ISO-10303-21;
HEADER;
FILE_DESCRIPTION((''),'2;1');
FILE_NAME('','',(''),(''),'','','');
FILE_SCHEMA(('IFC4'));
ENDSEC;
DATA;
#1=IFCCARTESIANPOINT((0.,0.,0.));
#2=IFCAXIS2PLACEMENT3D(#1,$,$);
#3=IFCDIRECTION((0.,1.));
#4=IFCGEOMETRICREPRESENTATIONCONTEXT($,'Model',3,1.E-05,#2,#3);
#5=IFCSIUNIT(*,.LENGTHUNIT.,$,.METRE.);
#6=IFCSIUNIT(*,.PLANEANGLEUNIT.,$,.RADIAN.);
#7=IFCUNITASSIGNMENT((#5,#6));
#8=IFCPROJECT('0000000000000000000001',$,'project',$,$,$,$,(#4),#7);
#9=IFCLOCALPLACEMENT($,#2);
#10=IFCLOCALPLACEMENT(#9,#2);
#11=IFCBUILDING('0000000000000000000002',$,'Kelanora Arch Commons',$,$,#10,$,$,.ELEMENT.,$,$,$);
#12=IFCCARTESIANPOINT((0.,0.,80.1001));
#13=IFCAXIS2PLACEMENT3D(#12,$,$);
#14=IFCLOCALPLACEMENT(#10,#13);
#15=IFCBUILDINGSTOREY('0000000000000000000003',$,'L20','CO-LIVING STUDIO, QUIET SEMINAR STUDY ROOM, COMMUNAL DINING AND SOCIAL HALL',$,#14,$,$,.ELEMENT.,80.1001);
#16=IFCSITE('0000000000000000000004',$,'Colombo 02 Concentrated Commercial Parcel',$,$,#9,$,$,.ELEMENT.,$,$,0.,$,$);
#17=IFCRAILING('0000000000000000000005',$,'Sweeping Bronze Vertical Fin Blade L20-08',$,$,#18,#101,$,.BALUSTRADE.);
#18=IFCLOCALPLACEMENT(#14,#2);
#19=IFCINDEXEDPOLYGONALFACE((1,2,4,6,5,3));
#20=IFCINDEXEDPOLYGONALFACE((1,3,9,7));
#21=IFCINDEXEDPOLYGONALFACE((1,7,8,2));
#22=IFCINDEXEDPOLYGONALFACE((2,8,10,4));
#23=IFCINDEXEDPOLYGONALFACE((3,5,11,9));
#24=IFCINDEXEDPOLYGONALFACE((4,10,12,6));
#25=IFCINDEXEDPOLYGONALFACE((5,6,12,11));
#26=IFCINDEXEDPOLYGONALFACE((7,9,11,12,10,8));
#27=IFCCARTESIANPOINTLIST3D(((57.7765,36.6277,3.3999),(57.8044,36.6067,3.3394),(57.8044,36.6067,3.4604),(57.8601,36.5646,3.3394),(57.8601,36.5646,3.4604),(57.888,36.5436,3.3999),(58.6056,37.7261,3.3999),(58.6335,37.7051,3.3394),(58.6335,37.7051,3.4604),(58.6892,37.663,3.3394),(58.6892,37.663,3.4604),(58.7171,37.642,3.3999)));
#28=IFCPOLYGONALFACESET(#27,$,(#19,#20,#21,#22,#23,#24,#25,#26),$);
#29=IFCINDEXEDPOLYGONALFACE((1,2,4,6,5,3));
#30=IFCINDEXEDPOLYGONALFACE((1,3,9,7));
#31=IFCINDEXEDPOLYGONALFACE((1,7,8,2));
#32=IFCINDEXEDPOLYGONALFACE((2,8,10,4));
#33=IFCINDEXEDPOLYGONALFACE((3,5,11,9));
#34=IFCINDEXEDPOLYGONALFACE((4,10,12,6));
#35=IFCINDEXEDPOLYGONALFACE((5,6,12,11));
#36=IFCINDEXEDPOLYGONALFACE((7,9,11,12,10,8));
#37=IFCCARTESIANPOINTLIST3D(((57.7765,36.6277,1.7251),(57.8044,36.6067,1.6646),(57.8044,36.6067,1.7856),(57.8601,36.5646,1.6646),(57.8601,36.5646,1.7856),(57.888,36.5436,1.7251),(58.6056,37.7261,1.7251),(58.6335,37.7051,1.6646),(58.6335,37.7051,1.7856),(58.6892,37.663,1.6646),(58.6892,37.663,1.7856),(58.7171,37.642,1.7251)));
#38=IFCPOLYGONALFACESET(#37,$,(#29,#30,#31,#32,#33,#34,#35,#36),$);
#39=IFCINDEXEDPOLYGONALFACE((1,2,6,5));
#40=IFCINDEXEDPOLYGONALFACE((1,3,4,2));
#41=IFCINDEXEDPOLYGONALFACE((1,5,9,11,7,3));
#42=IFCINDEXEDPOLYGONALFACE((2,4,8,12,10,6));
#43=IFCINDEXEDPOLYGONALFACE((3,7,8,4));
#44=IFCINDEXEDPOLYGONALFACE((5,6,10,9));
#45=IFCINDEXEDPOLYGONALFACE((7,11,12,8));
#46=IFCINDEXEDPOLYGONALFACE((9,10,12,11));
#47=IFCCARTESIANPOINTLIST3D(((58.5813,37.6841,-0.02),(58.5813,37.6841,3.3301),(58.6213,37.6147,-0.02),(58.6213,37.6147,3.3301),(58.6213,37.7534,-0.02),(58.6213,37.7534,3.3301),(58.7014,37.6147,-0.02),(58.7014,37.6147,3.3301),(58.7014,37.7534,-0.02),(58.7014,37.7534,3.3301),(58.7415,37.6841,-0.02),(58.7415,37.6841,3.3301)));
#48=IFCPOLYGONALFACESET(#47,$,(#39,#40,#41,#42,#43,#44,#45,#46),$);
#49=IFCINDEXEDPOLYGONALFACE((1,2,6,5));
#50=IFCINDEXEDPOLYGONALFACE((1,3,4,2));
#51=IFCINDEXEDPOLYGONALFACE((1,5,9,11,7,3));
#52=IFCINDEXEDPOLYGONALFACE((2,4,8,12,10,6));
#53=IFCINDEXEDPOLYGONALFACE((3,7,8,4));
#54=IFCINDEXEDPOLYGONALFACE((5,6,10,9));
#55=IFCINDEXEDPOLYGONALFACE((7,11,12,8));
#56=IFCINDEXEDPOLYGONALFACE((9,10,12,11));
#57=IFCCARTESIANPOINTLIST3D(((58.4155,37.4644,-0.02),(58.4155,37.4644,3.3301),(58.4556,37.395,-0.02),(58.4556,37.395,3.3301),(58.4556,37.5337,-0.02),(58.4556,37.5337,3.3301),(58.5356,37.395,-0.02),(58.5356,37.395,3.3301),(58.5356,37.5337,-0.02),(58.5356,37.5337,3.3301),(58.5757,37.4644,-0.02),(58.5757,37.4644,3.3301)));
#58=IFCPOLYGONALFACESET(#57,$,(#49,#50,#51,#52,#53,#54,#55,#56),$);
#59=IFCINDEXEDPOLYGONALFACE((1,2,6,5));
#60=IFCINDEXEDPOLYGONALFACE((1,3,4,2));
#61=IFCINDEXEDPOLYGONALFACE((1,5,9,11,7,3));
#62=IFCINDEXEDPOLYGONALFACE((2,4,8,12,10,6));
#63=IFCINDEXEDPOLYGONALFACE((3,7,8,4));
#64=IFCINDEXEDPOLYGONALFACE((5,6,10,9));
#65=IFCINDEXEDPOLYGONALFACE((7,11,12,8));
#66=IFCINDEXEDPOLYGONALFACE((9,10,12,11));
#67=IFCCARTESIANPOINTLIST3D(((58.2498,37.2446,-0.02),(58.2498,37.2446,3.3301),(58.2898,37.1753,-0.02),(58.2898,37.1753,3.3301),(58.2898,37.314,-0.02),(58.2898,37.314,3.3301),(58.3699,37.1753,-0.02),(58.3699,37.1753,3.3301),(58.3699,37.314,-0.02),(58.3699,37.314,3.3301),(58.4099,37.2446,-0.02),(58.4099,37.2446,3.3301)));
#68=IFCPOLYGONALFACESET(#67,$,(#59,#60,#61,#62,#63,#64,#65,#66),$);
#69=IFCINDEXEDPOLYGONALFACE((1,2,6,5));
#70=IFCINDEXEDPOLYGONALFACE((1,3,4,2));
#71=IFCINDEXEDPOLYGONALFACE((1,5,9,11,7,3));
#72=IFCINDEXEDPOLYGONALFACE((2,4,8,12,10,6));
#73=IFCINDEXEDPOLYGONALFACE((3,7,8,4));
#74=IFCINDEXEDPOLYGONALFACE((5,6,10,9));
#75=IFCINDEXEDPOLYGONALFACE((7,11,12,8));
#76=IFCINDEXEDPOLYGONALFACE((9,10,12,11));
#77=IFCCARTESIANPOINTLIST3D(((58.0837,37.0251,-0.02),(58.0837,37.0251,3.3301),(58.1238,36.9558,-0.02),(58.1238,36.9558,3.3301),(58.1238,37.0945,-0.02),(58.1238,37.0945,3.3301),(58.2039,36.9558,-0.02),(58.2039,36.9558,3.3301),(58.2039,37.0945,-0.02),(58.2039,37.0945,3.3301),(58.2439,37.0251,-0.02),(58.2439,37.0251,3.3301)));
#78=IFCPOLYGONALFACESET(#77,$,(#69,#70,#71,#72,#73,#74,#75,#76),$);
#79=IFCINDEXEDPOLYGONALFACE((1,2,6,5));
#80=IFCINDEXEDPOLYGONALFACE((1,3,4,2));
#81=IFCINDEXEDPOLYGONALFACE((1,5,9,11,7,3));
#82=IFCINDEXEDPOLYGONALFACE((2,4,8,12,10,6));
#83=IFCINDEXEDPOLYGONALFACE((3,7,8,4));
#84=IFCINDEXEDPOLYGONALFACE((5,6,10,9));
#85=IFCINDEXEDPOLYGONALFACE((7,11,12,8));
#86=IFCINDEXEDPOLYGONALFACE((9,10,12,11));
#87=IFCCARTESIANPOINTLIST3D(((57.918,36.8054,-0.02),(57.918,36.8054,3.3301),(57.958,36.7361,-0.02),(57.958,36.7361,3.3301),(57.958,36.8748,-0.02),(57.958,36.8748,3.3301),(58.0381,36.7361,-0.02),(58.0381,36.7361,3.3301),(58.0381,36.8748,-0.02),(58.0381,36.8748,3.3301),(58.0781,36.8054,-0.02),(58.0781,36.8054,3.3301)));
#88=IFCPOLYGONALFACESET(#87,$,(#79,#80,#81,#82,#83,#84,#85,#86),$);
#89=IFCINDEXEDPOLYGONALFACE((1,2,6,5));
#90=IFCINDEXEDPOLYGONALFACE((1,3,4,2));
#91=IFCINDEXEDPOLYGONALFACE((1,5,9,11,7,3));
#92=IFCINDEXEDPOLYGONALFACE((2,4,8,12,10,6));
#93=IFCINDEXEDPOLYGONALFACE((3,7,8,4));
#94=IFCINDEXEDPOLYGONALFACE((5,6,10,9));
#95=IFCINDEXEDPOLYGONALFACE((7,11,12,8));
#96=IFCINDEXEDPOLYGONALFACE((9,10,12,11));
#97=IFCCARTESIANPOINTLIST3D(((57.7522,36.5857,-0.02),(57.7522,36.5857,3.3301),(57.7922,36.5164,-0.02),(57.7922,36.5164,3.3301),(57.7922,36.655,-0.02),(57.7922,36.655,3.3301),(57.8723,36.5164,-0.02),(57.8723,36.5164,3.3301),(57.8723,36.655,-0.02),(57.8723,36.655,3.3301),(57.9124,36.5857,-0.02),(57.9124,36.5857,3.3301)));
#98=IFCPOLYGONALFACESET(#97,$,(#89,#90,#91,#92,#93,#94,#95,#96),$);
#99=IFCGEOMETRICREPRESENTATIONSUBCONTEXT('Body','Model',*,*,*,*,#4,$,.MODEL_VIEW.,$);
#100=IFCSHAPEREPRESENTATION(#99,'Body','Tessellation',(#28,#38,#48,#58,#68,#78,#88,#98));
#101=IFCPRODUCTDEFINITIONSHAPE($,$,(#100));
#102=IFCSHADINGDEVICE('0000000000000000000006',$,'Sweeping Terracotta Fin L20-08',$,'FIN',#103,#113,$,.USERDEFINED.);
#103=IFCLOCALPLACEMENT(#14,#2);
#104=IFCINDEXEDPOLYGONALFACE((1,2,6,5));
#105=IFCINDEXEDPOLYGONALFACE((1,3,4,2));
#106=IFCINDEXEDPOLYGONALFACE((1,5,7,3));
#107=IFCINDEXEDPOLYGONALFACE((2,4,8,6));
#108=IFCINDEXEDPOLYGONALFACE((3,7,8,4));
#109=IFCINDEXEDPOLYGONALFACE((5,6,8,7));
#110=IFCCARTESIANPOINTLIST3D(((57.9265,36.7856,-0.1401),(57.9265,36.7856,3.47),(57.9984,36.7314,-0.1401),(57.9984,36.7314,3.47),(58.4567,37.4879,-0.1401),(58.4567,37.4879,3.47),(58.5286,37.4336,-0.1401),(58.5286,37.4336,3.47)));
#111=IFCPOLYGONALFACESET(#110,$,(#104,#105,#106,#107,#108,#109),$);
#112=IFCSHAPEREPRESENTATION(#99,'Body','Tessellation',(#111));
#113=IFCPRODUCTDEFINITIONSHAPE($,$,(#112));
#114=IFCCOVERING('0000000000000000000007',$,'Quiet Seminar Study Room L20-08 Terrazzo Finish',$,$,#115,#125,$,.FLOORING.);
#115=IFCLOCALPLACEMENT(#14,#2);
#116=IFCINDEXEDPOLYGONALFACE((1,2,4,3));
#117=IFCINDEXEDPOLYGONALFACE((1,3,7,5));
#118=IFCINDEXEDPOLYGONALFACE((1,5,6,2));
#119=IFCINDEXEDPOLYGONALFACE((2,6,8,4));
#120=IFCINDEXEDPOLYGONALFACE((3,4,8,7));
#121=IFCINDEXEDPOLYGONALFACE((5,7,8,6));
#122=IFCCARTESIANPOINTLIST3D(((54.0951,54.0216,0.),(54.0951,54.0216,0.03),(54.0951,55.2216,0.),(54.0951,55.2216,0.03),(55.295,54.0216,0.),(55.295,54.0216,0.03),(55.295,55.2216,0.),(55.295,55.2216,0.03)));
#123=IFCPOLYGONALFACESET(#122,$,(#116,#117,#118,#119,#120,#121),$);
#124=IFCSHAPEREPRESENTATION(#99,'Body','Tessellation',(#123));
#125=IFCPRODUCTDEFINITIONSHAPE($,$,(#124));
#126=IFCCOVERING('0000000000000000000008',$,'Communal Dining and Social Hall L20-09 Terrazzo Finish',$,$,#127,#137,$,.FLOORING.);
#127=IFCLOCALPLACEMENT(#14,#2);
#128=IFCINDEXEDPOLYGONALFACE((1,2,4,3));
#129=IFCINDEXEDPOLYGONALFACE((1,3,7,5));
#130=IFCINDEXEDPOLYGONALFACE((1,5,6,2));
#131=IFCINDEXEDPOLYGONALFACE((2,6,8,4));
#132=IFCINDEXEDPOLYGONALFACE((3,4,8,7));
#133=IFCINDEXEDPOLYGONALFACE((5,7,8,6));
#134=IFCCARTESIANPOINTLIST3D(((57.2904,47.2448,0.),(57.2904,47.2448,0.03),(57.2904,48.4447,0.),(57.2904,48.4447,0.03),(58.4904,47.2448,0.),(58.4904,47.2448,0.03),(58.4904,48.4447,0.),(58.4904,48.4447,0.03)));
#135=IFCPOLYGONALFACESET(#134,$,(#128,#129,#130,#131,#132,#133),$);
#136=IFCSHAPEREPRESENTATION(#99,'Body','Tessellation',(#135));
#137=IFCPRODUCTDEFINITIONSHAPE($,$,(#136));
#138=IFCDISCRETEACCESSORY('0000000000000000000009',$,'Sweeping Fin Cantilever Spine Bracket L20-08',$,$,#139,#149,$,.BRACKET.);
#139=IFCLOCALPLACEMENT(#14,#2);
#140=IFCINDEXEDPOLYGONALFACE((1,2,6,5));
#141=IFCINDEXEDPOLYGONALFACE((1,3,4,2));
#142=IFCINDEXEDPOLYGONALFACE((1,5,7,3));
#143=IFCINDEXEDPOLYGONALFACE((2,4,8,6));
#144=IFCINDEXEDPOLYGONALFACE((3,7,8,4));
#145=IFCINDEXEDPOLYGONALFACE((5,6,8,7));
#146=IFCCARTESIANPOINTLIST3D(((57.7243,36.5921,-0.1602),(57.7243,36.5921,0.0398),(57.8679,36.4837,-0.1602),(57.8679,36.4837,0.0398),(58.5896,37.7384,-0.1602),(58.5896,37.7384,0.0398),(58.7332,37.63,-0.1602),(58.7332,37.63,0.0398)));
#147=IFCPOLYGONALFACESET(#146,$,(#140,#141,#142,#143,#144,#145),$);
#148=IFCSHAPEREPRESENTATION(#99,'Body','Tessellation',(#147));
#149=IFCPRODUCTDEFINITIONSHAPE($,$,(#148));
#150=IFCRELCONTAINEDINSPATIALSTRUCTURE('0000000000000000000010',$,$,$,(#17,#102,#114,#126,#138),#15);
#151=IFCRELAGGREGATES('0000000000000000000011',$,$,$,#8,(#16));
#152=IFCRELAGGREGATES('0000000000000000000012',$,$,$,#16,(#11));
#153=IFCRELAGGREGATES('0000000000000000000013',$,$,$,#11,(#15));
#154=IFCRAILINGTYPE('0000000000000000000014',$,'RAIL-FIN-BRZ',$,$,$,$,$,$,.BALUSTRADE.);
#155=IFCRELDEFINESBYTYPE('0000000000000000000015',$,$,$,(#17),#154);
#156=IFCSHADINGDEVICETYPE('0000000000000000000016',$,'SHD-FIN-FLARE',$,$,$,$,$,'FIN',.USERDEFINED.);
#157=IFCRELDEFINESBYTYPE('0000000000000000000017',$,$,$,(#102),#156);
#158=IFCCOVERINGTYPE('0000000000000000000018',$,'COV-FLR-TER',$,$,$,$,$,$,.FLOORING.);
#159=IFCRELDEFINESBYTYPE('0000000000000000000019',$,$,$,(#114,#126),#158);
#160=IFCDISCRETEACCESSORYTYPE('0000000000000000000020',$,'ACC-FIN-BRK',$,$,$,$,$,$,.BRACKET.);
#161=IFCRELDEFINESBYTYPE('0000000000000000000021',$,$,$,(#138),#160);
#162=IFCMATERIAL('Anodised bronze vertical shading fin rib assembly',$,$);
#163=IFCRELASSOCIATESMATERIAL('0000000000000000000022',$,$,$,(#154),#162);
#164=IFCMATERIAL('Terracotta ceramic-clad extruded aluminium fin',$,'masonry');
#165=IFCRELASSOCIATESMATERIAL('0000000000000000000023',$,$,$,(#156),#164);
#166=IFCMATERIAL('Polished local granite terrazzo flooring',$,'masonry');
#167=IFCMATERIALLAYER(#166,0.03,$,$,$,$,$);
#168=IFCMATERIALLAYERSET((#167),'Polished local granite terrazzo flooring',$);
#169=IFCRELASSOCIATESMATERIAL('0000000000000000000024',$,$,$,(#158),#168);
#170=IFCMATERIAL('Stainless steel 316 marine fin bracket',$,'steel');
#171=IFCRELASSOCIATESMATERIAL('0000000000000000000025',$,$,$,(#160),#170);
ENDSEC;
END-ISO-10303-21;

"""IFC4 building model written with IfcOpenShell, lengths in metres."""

from ifc_helpers import new_model, si_unit, direction, frame, origin, origin_2d, place, context, subcontext, project, spatial, polyline, rectangle, outline, extrude, source, transform, mapped, material, layer, layer_set, type_object, element, save


model = new_model("IFC4")

# Units and contexts
model_context = context("Model", 3, precision=1e-05, world=origin(), true_north=direction((0.0, 1.0)))
body_context = subcontext(model_context, "Body", "Model", "MODEL_VIEW")
ifc_project = project(units=[si_unit("LENGTHUNIT", "METRE"), si_unit("PLANEANGLEUNIT", "RADIAN")], contexts=[model_context])

# Site, building, storey
site_placement = place(None, origin())
site = spatial("IfcSite", under=ifc_project, at=site_placement, Name="Colombo 02 Concentrated Commercial Parcel", CompositionType="ELEMENT", RefElevation=0.0)
building_placement = place(site_placement, origin())
building = spatial("IfcBuilding", under=site, at=building_placement, Name="Kelanora Arch Commons", CompositionType="ELEMENT")
storey_placement = place(building_placement, frame((0.0, 0.0, 80.1001)))
storey = spatial("IfcBuildingStorey", under=building, at=storey_placement, Name="L20", Description="CO-LIVING STUDIO, QUIET SEMINAR STUDY ROOM, COMMUNAL DINING AND SOCIAL HALL", CompositionType="ELEMENT", Elevation=80.1001)

# Railing
ifc_material_1 = material(Name="Anodised bronze vertical shading fin rib assembly")
railing_type = type_object("IfcRailingType", Name="RAIL-FIN-BRZ", PredefinedType="BALUSTRADE", material=ifc_material_1)
railing_placement = place(storey_placement, frame((58.6614, 37.6841, -0.02)))
element("IfcRailing", 1, at=railing_placement, inside=storey, type_object=railing_type, Name="Sweeping Bronze Vertical Fin Blade L20-08", PredefinedType="BALUSTRADE", context=body_context, shape_type="SweptSolid", body=[
    extrude(outline(polyline([(0.0698, 0.0), (0.0349, 0.0605), (-0.0349, 0.0605), (-0.0698, 0.0), (-0.0349, -0.0605), (0.0349, -0.0605), (0.0698, 0.0)])), frame((0.0, 0.0, 3.4199), z_axis=(-0.602467, -0.798144, 0.0), x_axis=(0.798144, -0.602467, 0.0)), (0.0, 0.0, 1.0), 1.3762),
    extrude(outline(polyline([(0.0698, 0.0), (0.0349, 0.0605), (-0.0349, 0.0605), (-0.0698, 0.0), (-0.0349, -0.0605), (0.0349, -0.0605), (0.0698, 0.0)])), frame((0.0, 0.0, 1.7451), z_axis=(-0.602467, -0.798144, 0.0), x_axis=(0.798144, -0.602467, 0.0)), (0.0, 0.0, 1.0), 1.3762),
    extrude(outline(polyline([(0.0801, 0.0), (0.04, 0.0693), (-0.04, 0.0693), (-0.0801, 0.0), (-0.04, -0.0693), (0.04, -0.0693), (0.0801, 0.0)])), origin(), (0.0, 0.0, 1.0), 3.3501),
    extrude(outline(polyline([(0.0801, 0.0), (0.04, 0.0693), (-0.04, 0.0693), (-0.0801, 0.0), (-0.04, -0.0693), (0.04, -0.0693), (0.0801, 0.0)])), frame((-0.1658, -0.2197, 0.0)), (0.0, 0.0, 1.0), 3.3501),
    extrude(outline(polyline([(0.0801, 0.0), (0.04, 0.0693), (-0.04, 0.0693), (-0.0801, 0.0), (-0.04, -0.0693), (0.04, -0.0693), (0.0801, 0.0)])), frame((-0.3315, -0.4395, 0.0)), (0.0, 0.0, 1.0), 3.3501),
    extrude(outline(polyline([(0.0801, 0.0), (0.04, 0.0693), (-0.04, 0.0693), (-0.0801, 0.0), (-0.04, -0.0693), (0.04, -0.0693), (0.0801, 0.0)])), frame((-0.4976, -0.6589, 0.0)), (0.0, 0.0, 1.0), 3.3501),
    extrude(outline(polyline([(0.0801, 0.0), (0.04, 0.0693), (-0.04, 0.0693), (-0.0801, 0.0), (-0.04, -0.0693), (0.04, -0.0693), (0.0801, 0.0)])), frame((-0.6633, -0.8787, 0.0)), (0.0, 0.0, 1.0), 3.3501),
    extrude(outline(polyline([(0.0801, 0.0), (0.04, 0.0693), (-0.04, 0.0693), (-0.0801, 0.0), (-0.04, -0.0693), (0.04, -0.0693), (0.0801, 0.0)])), frame((-0.8291, -1.0984, 0.0)), (0.0, 0.0, 1.0), 3.3501),
])

# Shading device
ifc_material_2 = material(Name="Terracotta ceramic-clad extruded aluminium fin", Category="masonry")
shading_device_type = type_object("IfcShadingDeviceType", Name="SHD-FIN-FLARE", ElementType="FIN", PredefinedType="USERDEFINED", material=ifc_material_2)
shared_shape_1 = source(origin(), body_context, "Body", "SweptSolid", [
    extrude(rectangle(XDim=0.8799, YDim=0.0901, at=origin_2d()), origin(), (0.0, 0.0, 1.0), 3.6101),
])
shading_device_placement = place(storey_placement, frame((58.2275, 37.1096, -0.1401), z_axis=(0.0, 0.0, 1.0), x_axis=(-0.602512, -0.79811, 0.0)))
element("IfcShadingDevice", 2, at=shading_device_placement, inside=storey, type_object=shading_device_type, Name="Sweeping Terracotta Fin L20-08", ObjectType="FIN", PredefinedType="USERDEFINED", context=body_context, shape_type="MappedRepresentation", body=[
    mapped(shared_shape_1, transform((0.0, 0.0, 0.0), scale=1.0)),
])

# Coverings
ifc_material_3 = material(Name="Polished local granite terrazzo flooring", Category="masonry")
ifc_layer_1 = layer(ifc_material_3, 0.03)
ifc_layer_set_1 = layer_set([ifc_layer_1], Name="Polished local granite terrazzo flooring")
covering_type = type_object("IfcCoveringType", Name="COV-FLR-TER", PredefinedType="FLOORING", material=ifc_layer_set_1)
shared_shape_2 = source(origin(), body_context, "Body", "SweptSolid", [
    extrude(rectangle(XDim=1.2, YDim=1.2, at=origin_2d()), origin(), (0.0, 0.0, 1.0), 0.03),
])
for number, where, z_axis, x_axis, name in (
    (3, (54.6951, 54.6216, 0.0), (0.0, 0.0, 1.0), (1.0, 0.0, 0.0), "Quiet Seminar Study Room L20-08 Terrazzo Finish"),
    (4, (57.8904, 47.8447, 0.0), (0.0, 0.0, 1.0), (1.0, 0.0, 0.0), "Communal Dining and Social Hall L20-09 Terrazzo Finish"),
):
    element("IfcCovering", number, at=place(storey_placement, frame(where, z_axis=z_axis, x_axis=x_axis)), inside=storey, type_object=covering_type, Name=name, PredefinedType="FLOORING", context=body_context, shape_type="MappedRepresentation", body=[
        mapped(shared_shape_2, transform((0.0, 0.0, 0.0), scale=1.0)),
    ])

# Discrete accessory
ifc_material_4 = material(Name="Stainless steel 316 marine fin bracket", Category="steel")
discrete_accessory_type = type_object("IfcDiscreteAccessoryType", Name="ACC-FIN-BRK", PredefinedType="BRACKET", material=ifc_material_4)
shared_shape_3 = source(origin(), body_context, "Body", "SweptSolid", [
    extrude(rectangle(XDim=1.4363, YDim=0.1799, at=origin_2d()), origin(), (0.0, 0.0, 1.0), 0.2),
])
discrete_accessory_placement = place(storey_placement, frame((58.2288, 37.1111, -0.1602), z_axis=(0.0, 0.0, 1.0), x_axis=(-0.602512, -0.79811, 0.0)))
element("IfcDiscreteAccessory", 5, at=discrete_accessory_placement, inside=storey, type_object=discrete_accessory_type, Name="Sweeping Fin Cantilever Spine Bracket L20-08", PredefinedType="BRACKET", context=body_context, shape_type="MappedRepresentation", body=[
    mapped(shared_shape_3, transform((0.0, 0.0, 0.0), scale=1.0)),
])

save(model, "model.ifc")
